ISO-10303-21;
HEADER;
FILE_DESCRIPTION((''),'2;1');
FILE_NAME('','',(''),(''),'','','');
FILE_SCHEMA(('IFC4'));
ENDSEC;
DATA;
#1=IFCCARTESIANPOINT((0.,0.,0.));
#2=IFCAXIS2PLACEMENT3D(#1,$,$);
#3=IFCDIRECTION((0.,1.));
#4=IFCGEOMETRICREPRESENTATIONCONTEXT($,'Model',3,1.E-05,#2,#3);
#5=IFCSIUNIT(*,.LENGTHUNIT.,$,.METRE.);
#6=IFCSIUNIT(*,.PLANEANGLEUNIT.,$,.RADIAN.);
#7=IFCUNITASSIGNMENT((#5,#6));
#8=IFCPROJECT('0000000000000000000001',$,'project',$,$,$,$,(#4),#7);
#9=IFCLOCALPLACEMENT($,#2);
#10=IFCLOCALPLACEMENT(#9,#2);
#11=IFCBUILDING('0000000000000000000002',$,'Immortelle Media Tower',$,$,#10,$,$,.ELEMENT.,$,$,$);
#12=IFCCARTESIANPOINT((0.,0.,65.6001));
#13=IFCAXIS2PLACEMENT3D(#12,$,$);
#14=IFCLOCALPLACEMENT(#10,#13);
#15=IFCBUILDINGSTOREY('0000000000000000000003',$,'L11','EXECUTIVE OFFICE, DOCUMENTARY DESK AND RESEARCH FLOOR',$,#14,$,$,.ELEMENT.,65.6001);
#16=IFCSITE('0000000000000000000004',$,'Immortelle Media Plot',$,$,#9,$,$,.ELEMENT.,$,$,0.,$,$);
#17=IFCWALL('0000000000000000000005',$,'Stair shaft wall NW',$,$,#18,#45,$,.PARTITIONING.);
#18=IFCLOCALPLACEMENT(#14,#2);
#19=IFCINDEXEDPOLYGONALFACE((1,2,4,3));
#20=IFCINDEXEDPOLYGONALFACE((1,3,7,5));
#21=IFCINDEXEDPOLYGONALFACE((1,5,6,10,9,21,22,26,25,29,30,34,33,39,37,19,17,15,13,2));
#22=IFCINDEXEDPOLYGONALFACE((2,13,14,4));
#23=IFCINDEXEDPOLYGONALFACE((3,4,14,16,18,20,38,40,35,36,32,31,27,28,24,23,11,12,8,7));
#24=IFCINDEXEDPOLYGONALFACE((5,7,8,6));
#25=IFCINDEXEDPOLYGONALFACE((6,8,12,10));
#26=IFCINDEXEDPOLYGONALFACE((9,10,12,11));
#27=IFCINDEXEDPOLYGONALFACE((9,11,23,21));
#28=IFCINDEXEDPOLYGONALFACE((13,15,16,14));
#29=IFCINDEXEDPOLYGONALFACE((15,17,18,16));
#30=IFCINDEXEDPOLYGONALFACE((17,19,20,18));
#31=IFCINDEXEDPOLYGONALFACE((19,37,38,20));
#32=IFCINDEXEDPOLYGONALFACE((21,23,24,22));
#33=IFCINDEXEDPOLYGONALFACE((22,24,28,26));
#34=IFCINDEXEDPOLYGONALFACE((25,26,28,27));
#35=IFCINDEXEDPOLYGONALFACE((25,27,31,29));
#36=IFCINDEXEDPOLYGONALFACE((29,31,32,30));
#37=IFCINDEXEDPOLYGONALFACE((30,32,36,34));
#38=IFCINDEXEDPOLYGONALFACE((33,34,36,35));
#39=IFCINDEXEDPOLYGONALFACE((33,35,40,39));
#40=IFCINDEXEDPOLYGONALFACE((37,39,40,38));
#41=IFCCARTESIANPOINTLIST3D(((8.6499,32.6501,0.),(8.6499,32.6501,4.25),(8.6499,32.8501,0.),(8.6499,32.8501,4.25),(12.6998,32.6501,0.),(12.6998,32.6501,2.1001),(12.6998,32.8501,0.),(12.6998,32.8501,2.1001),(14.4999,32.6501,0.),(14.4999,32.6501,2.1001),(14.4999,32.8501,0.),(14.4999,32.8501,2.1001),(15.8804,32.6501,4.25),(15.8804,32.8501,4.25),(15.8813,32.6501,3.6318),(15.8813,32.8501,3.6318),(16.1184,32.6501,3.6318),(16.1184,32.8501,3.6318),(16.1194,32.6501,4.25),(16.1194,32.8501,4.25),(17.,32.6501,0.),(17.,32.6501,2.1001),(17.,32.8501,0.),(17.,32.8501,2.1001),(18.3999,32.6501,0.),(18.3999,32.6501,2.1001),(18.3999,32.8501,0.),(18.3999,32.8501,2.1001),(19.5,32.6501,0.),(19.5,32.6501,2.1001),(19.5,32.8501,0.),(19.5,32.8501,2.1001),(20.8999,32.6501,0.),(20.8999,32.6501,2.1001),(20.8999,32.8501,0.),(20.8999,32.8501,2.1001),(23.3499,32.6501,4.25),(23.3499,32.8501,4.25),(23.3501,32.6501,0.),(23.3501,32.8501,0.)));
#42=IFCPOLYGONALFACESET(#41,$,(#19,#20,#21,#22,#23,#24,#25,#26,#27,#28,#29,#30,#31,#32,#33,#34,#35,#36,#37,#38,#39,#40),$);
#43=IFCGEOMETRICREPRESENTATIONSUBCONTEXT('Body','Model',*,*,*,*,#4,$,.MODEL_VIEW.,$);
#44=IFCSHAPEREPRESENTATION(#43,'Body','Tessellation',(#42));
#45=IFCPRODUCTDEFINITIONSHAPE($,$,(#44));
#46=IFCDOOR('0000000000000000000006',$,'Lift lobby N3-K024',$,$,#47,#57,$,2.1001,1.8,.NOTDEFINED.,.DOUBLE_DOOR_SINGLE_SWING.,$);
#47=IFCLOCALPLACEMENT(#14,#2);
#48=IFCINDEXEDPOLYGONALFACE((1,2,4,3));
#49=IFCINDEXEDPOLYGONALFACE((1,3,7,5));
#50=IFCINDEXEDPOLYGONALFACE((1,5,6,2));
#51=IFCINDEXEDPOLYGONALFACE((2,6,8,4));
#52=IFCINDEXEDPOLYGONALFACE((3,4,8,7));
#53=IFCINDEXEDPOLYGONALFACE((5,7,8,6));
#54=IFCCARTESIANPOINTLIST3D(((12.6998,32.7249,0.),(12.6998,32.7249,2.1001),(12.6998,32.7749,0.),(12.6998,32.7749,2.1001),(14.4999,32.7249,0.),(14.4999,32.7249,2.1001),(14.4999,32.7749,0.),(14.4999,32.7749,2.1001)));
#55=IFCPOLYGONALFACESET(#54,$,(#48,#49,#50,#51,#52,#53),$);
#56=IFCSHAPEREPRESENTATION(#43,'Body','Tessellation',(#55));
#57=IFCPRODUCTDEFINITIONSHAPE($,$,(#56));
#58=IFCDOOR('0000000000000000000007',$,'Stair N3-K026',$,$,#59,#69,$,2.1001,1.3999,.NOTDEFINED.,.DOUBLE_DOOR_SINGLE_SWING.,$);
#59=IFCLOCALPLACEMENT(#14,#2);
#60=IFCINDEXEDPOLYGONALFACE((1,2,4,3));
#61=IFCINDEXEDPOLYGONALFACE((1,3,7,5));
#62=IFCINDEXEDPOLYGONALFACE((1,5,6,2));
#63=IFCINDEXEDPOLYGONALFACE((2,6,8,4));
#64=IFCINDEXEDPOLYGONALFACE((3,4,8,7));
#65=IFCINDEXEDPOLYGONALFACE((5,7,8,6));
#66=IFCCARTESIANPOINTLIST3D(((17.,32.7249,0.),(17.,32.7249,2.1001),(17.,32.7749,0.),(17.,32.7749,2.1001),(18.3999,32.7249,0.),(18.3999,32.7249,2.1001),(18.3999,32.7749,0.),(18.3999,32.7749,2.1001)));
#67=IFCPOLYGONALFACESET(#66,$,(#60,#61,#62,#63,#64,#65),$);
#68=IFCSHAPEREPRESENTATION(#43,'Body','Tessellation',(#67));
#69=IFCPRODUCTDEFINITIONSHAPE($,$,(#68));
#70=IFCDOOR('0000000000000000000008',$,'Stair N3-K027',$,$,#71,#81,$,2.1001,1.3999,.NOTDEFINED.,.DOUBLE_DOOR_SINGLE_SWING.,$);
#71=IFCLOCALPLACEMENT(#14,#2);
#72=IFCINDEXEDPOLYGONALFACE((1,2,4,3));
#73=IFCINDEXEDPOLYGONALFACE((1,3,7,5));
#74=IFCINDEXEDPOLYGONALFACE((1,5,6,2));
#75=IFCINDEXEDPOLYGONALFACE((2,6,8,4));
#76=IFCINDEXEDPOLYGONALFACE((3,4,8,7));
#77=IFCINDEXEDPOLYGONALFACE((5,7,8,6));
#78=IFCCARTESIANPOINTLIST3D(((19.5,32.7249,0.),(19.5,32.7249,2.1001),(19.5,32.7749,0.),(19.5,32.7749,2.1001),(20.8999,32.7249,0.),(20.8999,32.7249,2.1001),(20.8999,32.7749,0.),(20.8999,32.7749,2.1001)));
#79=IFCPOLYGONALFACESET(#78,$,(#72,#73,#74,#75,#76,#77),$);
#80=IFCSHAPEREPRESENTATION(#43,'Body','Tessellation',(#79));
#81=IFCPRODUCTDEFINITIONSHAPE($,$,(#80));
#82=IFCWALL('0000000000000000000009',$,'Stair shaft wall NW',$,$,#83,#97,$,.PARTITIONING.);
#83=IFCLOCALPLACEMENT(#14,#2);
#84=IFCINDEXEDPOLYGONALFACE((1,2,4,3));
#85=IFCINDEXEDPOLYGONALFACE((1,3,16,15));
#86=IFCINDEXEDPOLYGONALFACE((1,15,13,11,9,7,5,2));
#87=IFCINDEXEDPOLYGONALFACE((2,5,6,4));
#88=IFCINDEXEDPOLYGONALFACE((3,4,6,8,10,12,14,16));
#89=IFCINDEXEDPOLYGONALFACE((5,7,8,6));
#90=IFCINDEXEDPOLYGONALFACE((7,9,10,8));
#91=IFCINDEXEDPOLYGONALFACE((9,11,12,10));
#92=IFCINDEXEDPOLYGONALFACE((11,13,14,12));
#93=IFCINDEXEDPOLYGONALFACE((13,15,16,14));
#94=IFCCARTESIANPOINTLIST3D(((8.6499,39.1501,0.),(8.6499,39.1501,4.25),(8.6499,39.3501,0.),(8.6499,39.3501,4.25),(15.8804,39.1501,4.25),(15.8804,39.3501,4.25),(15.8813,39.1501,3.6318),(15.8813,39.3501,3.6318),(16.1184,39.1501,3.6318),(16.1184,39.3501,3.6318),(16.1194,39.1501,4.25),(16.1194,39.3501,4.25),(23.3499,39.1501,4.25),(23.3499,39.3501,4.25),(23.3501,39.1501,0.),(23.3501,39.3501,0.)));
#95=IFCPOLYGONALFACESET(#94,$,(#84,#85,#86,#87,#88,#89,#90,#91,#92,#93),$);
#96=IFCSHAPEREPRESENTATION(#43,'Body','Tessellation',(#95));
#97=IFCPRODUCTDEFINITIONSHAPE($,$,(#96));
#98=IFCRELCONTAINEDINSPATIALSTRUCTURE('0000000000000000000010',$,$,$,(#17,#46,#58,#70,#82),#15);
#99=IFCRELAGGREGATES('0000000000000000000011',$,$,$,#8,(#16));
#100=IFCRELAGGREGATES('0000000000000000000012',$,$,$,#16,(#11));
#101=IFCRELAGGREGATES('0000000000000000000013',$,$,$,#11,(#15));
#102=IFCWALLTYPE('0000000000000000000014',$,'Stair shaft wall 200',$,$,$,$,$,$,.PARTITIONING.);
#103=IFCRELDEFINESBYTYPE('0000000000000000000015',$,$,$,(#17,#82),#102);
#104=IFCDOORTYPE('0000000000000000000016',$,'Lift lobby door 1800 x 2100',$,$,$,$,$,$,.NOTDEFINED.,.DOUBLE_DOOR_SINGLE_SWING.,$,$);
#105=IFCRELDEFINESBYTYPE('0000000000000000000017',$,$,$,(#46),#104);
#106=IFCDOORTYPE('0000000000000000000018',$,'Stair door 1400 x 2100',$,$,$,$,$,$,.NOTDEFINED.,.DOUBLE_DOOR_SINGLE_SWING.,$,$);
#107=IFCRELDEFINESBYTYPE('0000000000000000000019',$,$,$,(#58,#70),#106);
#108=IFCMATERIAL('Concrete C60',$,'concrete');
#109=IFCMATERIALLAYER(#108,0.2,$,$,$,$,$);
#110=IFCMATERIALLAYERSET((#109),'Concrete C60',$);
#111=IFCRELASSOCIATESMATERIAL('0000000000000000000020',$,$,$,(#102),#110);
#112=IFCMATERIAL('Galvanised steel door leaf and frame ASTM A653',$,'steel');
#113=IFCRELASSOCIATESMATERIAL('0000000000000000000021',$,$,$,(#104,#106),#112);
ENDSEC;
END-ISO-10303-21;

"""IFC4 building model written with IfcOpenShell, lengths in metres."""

from ifc_helpers import new_model, si_unit, direction, frame, frame_2d, origin, place, context, subcontext, project, spatial, polyline, rectangle, outline, extrude, material, layer, layer_set, type_object, element, fill, save


model = new_model("IFC4")

# Units and contexts
model_context = context("Model", 3, precision=1e-05, world=origin(), true_north=direction((0.0, 1.0)))
body_context = subcontext(model_context, "Body", "Model", "MODEL_VIEW")
ifc_project = project(units=[si_unit("LENGTHUNIT", "METRE"), si_unit("PLANEANGLEUNIT", "RADIAN")], contexts=[model_context])

# Site, building, storey
site_placement = place(None, origin())
site = spatial("IfcSite", under=ifc_project, at=site_placement, Name="Immortelle Media Plot", CompositionType="ELEMENT", RefElevation=0.0)
building_placement = place(site_placement, origin())
building = spatial("IfcBuilding", under=site, at=building_placement, Name="Immortelle Media Tower", CompositionType="ELEMENT")
storey_placement = place(building_placement, frame((0.0, 0.0, 65.6001)))
storey = spatial("IfcBuildingStorey", under=building, at=storey_placement, Name="L11", Description="EXECUTIVE OFFICE, DOCUMENTARY DESK AND RESEARCH FLOOR", CompositionType="ELEMENT", Elevation=65.6001)

# Shared definitions
ifc_material_1 = material(Name="Galvanised steel door leaf and frame ASTM A653", Category="steel")

# Wall, openings, doors
ifc_material_2 = material(Name="Concrete C60", Category="concrete")
ifc_layer_1 = layer(ifc_material_2, 0.2)
ifc_layer_set_1 = layer_set([ifc_layer_1], Name="Concrete C60")
wall_type_1 = type_object("IfcWallType", Name="Stair shaft wall 200", PredefinedType="PARTITIONING", material=ifc_layer_set_1)
wall_1_placement = place(storey_placement, frame((8.6499, 32.75, 0.0), z_axis=(0.0, 0.0, 1.0), x_axis=(1.0, 0.0, 0.0)))
wall_1 = element("IfcWall", 1, at=wall_1_placement, inside=storey, type_object=wall_type_1, Name="Stair shaft wall NW", PredefinedType="PARTITIONING", context=body_context, shape_type="SweptSolid", body=[
    extrude(outline(polyline([(0.0, 0.0), (14.7002, 0.0), (14.7, 4.25), (7.4695, 4.25), (7.4685, 3.6318), (7.2314, 3.6318), (7.2305, 4.25), (0.0, 4.25), (0.0, 0.0)])), frame((0.0, 0.1001, 0.0), z_axis=(0.0, -1.0, 0.0), x_axis=(1.0, 0.0, 0.0)), (0.0, 0.0, 1.0), 0.2),
])
opening_1_placement = place(wall_1_placement, frame((4.05, 0.0, 0.0)))
opening_1 = element("IfcOpeningElement", 2, at=opening_1_placement, cuts=wall_1, PredefinedType="OPENING", context=body_context, shape_type="SweptSolid", body=[
    extrude(rectangle(XDim=1.8, YDim=2.1001, at=frame_2d((0.8999, 1.05))), frame((0.0, 0.1099, 0.0), z_axis=(0.0, -1.0, 0.0), x_axis=(1.0, 0.0, 0.0)), (0.0, 0.0, 1.0), 0.22),
])
opening_2_placement = place(wall_1_placement, frame((8.3501, 0.0, 0.0)))
opening_2 = element("IfcOpeningElement", 3, at=opening_2_placement, cuts=wall_1, PredefinedType="OPENING", context=body_context, shape_type="SweptSolid", body=[
    extrude(rectangle(XDim=1.3999, YDim=2.1001, at=frame_2d((0.7, 1.05))), frame((0.0, 0.1099, 0.0), z_axis=(0.0, -1.0, 0.0), x_axis=(1.0, 0.0, 0.0)), (0.0, 0.0, 1.0), 0.22),
])
opening_3_placement = place(wall_1_placement, frame((10.8501, 0.0, 0.0)))
opening_3 = element("IfcOpeningElement", 4, at=opening_3_placement, cuts=wall_1, PredefinedType="OPENING", context=body_context, shape_type="SweptSolid", body=[
    extrude(rectangle(XDim=1.3999, YDim=2.1001, at=frame_2d((0.7, 1.05))), frame((0.0, 0.1099, 0.0), z_axis=(0.0, -1.0, 0.0), x_axis=(1.0, 0.0, 0.0)), (0.0, 0.0, 1.0), 0.22),
])
door_type_1 = type_object("IfcDoorType", Name="Lift lobby door 1800 x 2100", OperationType="DOUBLE_DOOR_SINGLE_SWING", PredefinedType="NOTDEFINED", material=ifc_material_1)
door_1_placement = place(opening_1_placement, origin())
door_1 = element("IfcDoor", 5, at=door_1_placement, inside=storey, type_object=door_type_1, Name="Lift lobby N3-K024", OperationType="DOUBLE_DOOR_SINGLE_SWING", OverallHeight=2.1001, OverallWidth=1.8, PredefinedType="NOTDEFINED", context=body_context, shape_type="SweptSolid", body=[
    extrude(rectangle(XDim=1.8, YDim=2.1001, at=frame_2d((0.8999, 1.05))), frame((0.0, 0.0249, 0.0), z_axis=(0.0, -1.0, 0.0), x_axis=(1.0, 0.0, 0.0)), (0.0, 0.0, 1.0), 0.05),
])
fill(opening_1, door_1)
door_type_2 = type_object("IfcDoorType", Name="Stair door 1400 x 2100", OperationType="DOUBLE_DOOR_SINGLE_SWING", PredefinedType="NOTDEFINED", material=ifc_material_1)
door_2_placement = place(opening_2_placement, origin())
door_2 = element("IfcDoor", 6, at=door_2_placement, inside=storey, type_object=door_type_2, Name="Stair N3-K026", OperationType="DOUBLE_DOOR_SINGLE_SWING", OverallHeight=2.1001, OverallWidth=1.3999, PredefinedType="NOTDEFINED", context=body_context, shape_type="SweptSolid", body=[
    extrude(rectangle(XDim=1.3999, YDim=2.1001, at=frame_2d((0.7, 1.05))), frame((0.0, 0.0249, 0.0), z_axis=(0.0, -1.0, 0.0), x_axis=(1.0, 0.0, 0.0)), (0.0, 0.0, 1.0), 0.05),
])
fill(opening_2, door_2)
door_3_placement = place(opening_3_placement, origin())
door_3 = element("IfcDoor", 7, at=door_3_placement, inside=storey, type_object=door_type_2, Name="Stair N3-K027", OperationType="DOUBLE_DOOR_SINGLE_SWING", OverallHeight=2.1001, OverallWidth=1.3999, PredefinedType="NOTDEFINED", context=body_context, shape_type="SweptSolid", body=[
    extrude(rectangle(XDim=1.3999, YDim=2.1001, at=frame_2d((0.7, 1.05))), frame((0.0, 0.0249, 0.0), z_axis=(0.0, -1.0, 0.0), x_axis=(1.0, 0.0, 0.0)), (0.0, 0.0, 1.0), 0.05),
])
fill(opening_3, door_3)

# Wall
wall_2_placement = place(storey_placement, frame((8.6499, 39.25, 0.0), z_axis=(0.0, 0.0, 1.0), x_axis=(1.0, 0.0, 0.0)))
element("IfcWall", 8, at=wall_2_placement, inside=storey, type_object=wall_type_1, Name="Stair shaft wall NW", PredefinedType="PARTITIONING", context=body_context, shape_type="SweptSolid", body=[
    extrude(outline(polyline([(0.0, 0.0), (14.7002, 0.0), (14.7, 4.25), (7.4695, 4.25), (7.4685, 3.6318), (7.2314, 3.6318), (7.2305, 4.25), (0.0, 4.25), (0.0, 0.0)])), frame((0.0, 0.1001, 0.0), z_axis=(0.0, -1.0, 0.0), x_axis=(1.0, 0.0, 0.0)), (0.0, 0.0, 1.0), 0.2),
])

save(model, "model.ifc")
